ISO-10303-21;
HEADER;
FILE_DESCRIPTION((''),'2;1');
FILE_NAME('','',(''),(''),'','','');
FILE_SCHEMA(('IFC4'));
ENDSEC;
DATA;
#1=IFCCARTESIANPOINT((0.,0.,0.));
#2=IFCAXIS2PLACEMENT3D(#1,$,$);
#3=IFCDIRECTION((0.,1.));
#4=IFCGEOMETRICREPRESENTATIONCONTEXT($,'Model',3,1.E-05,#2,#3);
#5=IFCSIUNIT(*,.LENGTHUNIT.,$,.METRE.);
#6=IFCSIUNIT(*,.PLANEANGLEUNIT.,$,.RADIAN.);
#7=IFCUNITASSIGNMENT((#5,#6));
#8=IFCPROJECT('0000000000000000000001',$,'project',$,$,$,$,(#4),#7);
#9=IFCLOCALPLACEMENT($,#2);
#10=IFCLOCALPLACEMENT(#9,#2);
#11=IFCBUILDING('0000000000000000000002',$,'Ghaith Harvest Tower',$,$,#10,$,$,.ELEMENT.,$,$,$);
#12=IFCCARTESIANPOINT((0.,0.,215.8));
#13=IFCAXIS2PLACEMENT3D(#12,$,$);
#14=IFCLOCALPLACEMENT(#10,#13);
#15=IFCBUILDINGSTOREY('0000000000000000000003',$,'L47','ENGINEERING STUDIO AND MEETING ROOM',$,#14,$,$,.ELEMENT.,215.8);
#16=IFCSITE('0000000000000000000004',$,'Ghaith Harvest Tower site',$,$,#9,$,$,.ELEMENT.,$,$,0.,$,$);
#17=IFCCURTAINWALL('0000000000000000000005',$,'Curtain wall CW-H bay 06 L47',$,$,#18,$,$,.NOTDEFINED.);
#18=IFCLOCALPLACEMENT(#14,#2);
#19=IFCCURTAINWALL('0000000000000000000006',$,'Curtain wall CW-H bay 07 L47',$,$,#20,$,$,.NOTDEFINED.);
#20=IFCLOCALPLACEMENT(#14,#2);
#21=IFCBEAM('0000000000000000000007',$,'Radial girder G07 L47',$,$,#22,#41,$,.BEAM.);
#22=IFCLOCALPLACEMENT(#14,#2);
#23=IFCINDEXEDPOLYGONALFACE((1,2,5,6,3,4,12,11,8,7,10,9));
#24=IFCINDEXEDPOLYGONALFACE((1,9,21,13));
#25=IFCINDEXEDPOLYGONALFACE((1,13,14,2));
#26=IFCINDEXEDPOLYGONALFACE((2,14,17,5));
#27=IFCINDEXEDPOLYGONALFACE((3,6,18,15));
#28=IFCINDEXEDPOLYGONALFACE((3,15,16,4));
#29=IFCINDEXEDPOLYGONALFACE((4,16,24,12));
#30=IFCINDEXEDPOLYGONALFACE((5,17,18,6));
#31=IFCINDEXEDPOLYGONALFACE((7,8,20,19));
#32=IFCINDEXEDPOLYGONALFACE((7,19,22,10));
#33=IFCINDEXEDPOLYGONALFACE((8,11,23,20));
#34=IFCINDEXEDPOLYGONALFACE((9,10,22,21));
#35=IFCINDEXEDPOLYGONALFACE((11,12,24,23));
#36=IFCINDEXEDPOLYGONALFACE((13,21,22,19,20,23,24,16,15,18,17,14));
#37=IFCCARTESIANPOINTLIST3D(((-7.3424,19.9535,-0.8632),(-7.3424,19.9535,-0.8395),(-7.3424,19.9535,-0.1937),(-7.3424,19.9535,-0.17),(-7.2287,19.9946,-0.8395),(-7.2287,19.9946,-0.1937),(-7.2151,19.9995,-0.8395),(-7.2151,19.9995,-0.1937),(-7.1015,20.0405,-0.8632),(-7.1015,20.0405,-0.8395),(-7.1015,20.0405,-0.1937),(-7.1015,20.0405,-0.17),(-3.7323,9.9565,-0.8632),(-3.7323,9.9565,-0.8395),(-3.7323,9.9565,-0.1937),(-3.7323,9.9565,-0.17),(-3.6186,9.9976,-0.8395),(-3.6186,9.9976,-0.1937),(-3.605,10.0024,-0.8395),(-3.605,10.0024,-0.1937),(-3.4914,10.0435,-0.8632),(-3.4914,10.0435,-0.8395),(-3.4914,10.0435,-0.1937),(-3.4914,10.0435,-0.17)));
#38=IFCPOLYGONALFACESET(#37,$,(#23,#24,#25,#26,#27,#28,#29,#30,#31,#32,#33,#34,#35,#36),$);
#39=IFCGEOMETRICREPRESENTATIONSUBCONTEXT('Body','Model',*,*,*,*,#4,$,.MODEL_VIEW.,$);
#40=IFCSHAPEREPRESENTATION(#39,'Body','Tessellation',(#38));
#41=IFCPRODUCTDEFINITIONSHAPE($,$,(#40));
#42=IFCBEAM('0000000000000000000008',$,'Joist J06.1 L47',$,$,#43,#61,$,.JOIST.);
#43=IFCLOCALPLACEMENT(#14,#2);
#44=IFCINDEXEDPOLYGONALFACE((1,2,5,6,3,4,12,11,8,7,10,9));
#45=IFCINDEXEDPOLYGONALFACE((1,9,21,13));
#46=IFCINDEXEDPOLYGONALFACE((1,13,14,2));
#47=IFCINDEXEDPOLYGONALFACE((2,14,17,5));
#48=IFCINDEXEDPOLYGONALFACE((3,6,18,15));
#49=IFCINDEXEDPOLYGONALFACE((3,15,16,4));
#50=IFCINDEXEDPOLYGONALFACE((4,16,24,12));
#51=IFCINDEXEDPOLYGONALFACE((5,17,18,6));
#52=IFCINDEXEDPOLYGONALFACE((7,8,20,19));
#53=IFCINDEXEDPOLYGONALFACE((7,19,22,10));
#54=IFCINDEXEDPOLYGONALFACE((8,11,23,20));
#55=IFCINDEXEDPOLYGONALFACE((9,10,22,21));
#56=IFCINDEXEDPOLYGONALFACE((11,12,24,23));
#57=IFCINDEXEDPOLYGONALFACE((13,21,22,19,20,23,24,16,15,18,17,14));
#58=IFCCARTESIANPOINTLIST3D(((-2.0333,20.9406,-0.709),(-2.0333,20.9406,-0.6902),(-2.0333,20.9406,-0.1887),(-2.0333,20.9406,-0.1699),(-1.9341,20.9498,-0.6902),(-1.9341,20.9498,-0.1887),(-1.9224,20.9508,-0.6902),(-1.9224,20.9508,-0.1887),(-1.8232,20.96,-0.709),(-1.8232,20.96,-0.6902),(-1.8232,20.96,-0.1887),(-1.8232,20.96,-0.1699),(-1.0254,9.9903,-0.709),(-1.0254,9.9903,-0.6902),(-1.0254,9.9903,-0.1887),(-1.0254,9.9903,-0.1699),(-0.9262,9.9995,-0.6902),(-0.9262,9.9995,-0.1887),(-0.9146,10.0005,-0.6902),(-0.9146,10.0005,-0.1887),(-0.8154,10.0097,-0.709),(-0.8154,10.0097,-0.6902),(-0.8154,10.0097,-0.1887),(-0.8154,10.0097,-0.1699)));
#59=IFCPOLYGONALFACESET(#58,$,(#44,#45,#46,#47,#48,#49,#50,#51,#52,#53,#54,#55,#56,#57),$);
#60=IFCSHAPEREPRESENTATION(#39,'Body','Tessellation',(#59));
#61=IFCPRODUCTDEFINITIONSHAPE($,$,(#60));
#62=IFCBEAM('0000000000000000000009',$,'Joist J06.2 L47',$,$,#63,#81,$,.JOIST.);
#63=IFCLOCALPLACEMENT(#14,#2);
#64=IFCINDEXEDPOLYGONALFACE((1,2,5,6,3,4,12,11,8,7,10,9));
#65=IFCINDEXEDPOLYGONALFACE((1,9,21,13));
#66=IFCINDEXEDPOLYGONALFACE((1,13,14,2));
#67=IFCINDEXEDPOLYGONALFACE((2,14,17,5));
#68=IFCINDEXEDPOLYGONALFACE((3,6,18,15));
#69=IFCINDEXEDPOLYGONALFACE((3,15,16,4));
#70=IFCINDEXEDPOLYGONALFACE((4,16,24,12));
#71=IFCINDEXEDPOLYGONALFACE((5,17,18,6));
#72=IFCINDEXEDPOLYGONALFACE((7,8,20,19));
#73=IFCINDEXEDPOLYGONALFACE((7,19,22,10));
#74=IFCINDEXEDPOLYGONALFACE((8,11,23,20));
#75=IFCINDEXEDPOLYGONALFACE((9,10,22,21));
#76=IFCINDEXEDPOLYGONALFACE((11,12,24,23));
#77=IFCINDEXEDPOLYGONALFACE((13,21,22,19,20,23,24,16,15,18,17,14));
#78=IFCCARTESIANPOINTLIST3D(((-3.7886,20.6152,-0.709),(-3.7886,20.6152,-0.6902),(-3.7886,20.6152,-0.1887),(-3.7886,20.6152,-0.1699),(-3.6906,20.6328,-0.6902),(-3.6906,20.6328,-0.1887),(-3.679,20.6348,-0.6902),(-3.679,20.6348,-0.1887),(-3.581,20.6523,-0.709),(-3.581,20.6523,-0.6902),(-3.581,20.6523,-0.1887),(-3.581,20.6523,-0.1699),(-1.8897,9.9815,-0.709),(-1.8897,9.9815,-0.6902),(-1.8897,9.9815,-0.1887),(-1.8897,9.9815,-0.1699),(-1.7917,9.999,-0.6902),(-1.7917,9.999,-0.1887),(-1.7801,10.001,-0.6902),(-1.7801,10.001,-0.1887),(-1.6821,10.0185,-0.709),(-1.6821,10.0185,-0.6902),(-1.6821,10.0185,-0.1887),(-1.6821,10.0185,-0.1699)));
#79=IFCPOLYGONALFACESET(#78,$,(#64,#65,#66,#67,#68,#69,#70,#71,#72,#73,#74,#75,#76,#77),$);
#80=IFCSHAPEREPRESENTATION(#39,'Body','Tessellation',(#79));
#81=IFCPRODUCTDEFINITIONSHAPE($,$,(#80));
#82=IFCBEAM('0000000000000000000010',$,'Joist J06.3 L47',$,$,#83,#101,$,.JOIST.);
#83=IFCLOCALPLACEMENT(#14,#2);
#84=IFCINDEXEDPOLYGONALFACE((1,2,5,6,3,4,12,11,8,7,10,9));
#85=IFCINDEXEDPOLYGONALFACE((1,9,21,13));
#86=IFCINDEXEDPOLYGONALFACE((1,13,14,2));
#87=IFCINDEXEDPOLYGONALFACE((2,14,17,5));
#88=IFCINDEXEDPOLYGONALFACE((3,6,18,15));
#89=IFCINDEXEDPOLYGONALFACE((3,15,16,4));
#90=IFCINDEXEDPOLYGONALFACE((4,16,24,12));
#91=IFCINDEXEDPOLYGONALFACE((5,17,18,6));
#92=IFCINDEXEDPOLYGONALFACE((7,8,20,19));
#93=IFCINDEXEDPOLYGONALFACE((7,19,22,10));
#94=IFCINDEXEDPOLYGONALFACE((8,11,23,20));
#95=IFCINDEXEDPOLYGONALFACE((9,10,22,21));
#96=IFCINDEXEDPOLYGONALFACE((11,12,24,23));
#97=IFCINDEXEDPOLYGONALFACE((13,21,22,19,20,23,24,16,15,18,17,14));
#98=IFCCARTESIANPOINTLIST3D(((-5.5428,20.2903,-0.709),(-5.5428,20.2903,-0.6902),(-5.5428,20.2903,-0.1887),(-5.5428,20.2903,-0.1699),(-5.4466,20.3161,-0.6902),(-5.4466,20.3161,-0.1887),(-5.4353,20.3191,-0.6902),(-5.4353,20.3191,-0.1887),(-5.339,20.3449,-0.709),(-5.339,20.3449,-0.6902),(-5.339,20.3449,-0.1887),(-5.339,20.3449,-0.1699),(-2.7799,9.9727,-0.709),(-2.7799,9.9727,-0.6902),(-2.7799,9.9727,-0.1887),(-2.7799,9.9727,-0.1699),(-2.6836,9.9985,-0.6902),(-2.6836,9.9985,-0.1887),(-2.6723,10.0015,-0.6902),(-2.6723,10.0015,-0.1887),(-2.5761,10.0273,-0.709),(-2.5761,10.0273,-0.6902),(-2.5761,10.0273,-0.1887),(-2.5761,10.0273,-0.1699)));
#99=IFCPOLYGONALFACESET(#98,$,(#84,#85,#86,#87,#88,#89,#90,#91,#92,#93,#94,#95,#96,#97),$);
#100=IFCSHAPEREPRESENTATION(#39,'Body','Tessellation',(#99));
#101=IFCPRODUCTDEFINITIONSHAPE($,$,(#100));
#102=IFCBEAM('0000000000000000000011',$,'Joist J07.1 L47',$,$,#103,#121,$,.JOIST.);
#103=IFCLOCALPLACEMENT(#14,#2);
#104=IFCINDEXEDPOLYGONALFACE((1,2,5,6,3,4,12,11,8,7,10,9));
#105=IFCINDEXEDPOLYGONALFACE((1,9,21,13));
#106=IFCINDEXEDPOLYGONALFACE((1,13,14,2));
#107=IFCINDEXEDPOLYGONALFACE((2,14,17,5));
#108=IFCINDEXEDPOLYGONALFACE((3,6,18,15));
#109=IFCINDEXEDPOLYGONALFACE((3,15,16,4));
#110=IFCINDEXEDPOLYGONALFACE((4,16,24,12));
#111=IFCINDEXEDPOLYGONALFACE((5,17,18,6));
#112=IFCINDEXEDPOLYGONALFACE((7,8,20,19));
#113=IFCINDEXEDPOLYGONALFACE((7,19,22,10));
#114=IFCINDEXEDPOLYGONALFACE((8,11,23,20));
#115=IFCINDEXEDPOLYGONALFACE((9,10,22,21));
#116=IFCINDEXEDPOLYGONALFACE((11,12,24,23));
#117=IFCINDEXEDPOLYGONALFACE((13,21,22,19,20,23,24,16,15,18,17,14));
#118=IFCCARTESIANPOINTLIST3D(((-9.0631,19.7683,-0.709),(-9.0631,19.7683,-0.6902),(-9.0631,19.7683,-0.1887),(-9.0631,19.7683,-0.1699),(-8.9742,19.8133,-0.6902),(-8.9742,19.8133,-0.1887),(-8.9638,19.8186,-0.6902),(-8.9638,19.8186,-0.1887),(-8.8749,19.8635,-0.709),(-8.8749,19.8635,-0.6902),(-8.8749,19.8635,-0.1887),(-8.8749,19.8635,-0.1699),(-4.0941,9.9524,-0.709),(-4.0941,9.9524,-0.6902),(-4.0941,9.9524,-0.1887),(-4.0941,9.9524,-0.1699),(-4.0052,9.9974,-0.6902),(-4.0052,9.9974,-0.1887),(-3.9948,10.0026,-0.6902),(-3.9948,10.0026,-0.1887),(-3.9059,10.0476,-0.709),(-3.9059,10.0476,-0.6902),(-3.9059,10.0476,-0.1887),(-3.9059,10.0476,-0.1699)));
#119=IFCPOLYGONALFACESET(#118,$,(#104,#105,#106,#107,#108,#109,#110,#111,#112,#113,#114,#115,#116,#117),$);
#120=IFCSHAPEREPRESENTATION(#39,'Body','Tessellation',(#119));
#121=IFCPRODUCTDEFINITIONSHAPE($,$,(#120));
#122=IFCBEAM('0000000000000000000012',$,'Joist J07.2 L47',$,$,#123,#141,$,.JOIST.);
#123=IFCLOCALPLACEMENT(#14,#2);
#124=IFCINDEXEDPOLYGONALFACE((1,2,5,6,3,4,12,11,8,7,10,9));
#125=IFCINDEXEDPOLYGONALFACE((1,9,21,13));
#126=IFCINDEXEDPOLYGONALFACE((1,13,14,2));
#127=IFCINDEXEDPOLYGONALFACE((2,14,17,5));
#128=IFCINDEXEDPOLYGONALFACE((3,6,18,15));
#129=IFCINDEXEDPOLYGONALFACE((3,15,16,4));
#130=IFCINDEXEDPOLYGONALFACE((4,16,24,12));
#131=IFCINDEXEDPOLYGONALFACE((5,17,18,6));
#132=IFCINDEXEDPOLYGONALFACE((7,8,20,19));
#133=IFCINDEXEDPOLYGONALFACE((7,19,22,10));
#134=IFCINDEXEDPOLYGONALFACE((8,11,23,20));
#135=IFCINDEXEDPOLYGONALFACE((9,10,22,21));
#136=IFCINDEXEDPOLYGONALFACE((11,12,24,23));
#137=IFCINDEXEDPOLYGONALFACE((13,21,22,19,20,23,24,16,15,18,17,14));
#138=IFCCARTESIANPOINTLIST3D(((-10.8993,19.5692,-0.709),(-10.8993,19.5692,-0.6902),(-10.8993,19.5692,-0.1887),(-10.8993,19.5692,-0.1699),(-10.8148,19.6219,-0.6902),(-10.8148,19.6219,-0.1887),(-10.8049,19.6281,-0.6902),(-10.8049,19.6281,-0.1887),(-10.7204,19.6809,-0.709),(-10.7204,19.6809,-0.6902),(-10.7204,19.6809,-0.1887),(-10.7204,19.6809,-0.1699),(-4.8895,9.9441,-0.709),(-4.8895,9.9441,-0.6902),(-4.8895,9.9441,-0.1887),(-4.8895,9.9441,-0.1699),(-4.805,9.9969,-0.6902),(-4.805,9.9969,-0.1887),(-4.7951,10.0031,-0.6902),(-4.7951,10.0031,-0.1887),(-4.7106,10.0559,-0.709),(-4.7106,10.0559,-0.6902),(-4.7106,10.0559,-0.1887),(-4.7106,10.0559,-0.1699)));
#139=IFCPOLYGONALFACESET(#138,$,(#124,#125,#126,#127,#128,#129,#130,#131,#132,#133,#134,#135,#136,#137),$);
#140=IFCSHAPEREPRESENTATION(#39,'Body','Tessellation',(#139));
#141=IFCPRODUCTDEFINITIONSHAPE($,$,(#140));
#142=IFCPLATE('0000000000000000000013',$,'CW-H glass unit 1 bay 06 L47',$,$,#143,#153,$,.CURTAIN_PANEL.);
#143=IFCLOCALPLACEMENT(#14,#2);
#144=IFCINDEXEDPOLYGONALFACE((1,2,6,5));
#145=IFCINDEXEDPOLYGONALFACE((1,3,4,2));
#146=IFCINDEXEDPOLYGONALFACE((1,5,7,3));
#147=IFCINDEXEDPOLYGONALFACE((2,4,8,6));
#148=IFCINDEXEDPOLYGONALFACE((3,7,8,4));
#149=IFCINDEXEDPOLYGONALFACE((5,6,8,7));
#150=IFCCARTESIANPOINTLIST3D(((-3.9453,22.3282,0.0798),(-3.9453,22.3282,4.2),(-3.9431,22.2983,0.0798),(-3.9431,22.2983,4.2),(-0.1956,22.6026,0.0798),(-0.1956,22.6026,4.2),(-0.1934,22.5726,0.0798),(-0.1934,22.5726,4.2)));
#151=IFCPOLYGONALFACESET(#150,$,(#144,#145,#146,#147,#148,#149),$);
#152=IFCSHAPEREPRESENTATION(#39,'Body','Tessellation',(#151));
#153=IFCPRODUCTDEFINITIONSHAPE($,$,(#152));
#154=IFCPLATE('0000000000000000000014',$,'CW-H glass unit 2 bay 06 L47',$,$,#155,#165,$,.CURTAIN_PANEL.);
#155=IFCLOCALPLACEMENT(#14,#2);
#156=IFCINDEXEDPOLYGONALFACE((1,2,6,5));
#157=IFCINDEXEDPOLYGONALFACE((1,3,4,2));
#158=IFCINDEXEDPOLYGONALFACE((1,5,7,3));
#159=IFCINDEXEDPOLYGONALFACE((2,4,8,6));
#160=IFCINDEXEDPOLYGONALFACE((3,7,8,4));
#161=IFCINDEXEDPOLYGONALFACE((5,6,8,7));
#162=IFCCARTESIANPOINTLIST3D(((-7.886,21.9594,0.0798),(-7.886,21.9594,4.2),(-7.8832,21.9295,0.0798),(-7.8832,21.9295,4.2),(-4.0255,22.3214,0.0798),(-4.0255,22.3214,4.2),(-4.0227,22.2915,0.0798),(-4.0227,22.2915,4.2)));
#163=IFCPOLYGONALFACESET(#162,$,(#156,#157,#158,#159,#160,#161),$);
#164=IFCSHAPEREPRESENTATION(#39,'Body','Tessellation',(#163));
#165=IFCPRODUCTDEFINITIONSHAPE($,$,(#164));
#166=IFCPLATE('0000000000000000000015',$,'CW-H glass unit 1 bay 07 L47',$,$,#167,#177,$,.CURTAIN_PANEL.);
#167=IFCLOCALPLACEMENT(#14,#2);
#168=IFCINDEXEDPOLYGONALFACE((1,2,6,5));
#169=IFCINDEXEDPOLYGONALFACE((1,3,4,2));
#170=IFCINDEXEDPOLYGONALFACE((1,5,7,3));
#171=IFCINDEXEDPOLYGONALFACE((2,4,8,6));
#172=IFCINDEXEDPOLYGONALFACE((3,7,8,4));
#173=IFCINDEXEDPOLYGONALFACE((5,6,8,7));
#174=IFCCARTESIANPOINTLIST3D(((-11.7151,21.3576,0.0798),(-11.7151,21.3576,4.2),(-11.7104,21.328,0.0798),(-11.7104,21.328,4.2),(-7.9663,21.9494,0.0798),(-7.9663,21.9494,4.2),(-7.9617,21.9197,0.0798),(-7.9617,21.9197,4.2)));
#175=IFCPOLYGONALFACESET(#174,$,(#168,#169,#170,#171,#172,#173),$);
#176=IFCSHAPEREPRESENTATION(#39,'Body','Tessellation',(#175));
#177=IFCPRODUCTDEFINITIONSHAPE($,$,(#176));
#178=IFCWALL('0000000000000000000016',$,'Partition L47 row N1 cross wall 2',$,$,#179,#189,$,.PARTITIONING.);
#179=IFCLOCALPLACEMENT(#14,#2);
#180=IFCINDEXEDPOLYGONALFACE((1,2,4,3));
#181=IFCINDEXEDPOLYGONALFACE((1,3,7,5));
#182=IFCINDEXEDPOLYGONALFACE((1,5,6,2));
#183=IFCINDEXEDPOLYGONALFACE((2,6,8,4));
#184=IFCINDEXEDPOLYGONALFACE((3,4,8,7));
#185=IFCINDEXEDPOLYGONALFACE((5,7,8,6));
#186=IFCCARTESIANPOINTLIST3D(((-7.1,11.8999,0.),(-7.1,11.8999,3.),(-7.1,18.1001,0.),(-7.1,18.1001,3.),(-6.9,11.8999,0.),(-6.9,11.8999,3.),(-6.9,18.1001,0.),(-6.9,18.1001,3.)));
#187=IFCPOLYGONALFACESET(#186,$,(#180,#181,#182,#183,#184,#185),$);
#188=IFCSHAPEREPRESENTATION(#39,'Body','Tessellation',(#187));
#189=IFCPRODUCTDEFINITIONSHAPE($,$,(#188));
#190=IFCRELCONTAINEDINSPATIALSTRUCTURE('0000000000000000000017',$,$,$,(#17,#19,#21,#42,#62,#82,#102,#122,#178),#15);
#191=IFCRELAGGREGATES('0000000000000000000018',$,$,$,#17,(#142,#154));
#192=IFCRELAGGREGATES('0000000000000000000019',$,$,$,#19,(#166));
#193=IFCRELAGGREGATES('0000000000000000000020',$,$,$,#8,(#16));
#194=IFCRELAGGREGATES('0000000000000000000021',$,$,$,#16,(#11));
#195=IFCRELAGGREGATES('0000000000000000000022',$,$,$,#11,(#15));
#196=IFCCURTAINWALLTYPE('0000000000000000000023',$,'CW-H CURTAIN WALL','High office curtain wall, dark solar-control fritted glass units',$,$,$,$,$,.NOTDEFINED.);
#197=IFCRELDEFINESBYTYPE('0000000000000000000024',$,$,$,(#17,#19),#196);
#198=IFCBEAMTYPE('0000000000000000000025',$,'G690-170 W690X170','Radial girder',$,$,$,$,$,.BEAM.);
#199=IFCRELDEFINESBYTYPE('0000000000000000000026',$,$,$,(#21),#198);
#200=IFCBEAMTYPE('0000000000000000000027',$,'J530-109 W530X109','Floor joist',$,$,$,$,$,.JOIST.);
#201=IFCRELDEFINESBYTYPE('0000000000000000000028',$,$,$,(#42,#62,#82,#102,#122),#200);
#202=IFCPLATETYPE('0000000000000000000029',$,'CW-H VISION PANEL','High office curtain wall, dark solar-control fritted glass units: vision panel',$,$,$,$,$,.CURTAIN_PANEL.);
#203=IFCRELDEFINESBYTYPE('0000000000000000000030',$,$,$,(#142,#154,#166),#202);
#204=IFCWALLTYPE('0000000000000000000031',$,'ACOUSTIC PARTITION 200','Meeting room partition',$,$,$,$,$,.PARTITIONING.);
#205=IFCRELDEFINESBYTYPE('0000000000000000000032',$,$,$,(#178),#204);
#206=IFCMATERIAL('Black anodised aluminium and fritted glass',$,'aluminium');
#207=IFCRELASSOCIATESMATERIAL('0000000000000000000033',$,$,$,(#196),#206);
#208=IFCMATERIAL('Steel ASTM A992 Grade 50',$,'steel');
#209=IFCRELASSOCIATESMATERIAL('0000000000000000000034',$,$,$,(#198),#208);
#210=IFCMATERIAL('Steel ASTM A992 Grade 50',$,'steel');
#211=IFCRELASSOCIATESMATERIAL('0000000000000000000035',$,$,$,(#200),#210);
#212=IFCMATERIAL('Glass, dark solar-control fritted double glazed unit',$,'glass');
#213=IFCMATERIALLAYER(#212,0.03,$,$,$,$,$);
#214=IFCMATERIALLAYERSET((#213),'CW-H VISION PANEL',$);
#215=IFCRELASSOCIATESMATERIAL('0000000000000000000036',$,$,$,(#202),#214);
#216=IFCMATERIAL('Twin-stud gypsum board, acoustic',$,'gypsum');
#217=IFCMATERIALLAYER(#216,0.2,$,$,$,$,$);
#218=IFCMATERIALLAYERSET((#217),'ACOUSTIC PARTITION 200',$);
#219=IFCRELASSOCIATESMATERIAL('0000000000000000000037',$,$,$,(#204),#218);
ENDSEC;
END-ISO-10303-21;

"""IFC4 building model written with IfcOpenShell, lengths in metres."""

from ifc_helpers import new_model, si_unit, direction, frame, frame_2d, origin, origin_2d, place, context, subcontext, project, spatial, rectangle, i_section, extrude, material, layer, layer_set, material_profile, profile_set, type_object, element, aggregate, save


model = new_model("IFC4")

# Units and contexts
model_context = context("Model", 3, precision=1e-05, world=origin(), true_north=direction((0.0, 1.0)))
body_context = subcontext(model_context, "Body", "Model", "MODEL_VIEW")
ifc_project = project(units=[si_unit("LENGTHUNIT", "METRE"), si_unit("PLANEANGLEUNIT", "RADIAN")], contexts=[model_context])

# Site, building, storey
site_placement = place(None, origin())
site = spatial("IfcSite", under=ifc_project, at=site_placement, Name="Ghaith Harvest Tower site", CompositionType="ELEMENT", RefElevation=0.0)
building_placement = place(site_placement, origin())
building = spatial("IfcBuilding", under=site, at=building_placement, Name="Ghaith Harvest Tower", CompositionType="ELEMENT")
storey_placement = place(building_placement, frame((0.0, 0.0, 215.8)))
storey = spatial("IfcBuildingStorey", under=building, at=storey_placement, Name="L47", Description="ENGINEERING STUDIO AND MEETING ROOM", CompositionType="ELEMENT", Elevation=215.8)

# Curtain walls
ifc_material_1 = material(Name="Black anodised aluminium and fritted glass", Category="aluminium")
curtain_wall_type = type_object("IfcCurtainWallType", Name="CW-H CURTAIN WALL", Description="High office curtain wall, dark solar-control fritted glass units", PredefinedType="NOTDEFINED", material=ifc_material_1)
curtain_wall_1_placement = place(storey_placement, origin())
curtain_wall_1 = element("IfcCurtainWall", 1, at=curtain_wall_1_placement, inside=storey, type_object=curtain_wall_type, Name="Curtain wall CW-H bay 06 L47", PredefinedType="NOTDEFINED")
curtain_wall_2_placement = place(storey_placement, origin())
curtain_wall_2 = element("IfcCurtainWall", 2, at=curtain_wall_2_placement, inside=storey, type_object=curtain_wall_type, Name="Curtain wall CW-H bay 07 L47", PredefinedType="NOTDEFINED")

# Beams
ifc_material_2 = material(Name="Steel ASTM A992 Grade 50", Category="steel")
ifc_material_profile_1 = material_profile(ifc_material_2, i_section(OverallWidth=0.2561, OverallDepth=0.6931, WebThickness=0.0144, FlangeThickness=0.0237, at=origin_2d()), Name="W690X170")
ifc_profile_set_1 = profile_set([ifc_material_profile_1], Name="Steel ASTM A992 Grade 50")
beam_type_1 = type_object("IfcBeamType", Name="G690-170 W690X170", Description="Radial girder", PredefinedType="BEAM", material=ifc_profile_set_1)
beam_1_placement = place(storey_placement, frame((-3.6118, 10.0, -0.5166), z_axis=(-0.339649, 0.940552, 0.0), x_axis=(-0.940552, -0.339649, 0.0)))
element("IfcBeam", 3, at=beam_1_placement, inside=storey, type_object=beam_type_1, Name="Radial girder G07 L47", PredefinedType="BEAM", context=body_context, shape_type="SweptSolid", body=[
    extrude(i_section(OverallWidth=0.2561, OverallDepth=0.6931, WebThickness=0.0144, FlangeThickness=0.0237, at=origin_2d()), origin(), (0.0, 0.0, 1.0), 10.6289),
])
ifc_material_3 = material(Name="Steel ASTM A992 Grade 50", Category="steel")
ifc_material_profile_2 = material_profile(ifc_material_3, i_section(OverallWidth=0.2109, OverallDepth=0.5391, WebThickness=0.0117, FlangeThickness=0.0188, at=origin_2d()), Name="W530X109")
ifc_profile_set_2 = profile_set([ifc_material_profile_2], Name="Steel ASTM A992 Grade 50")
beam_type_2 = type_object("IfcBeamType", Name="J530-109 W530X109", Description="Floor joist", PredefinedType="JOIST", material=ifc_profile_set_2)
beam_2_placement = place(storey_placement, frame((-0.9204, 10.0, -0.4395), z_axis=(-0.091649, 0.995791, 0.0), x_axis=(-0.995791, -0.091649, 0.0)))
element("IfcBeam", 4, at=beam_2_placement, inside=storey, type_object=beam_type_2, Name="Joist J06.1 L47", PredefinedType="JOIST", context=body_context, shape_type="SweptSolid", body=[
    extrude(i_section(OverallWidth=0.2109, OverallDepth=0.5391, WebThickness=0.0117, FlangeThickness=0.0188, at=origin_2d()), origin(), (0.0, 0.0, 1.0), 10.9966),
])
beam_3_placement = place(storey_placement, frame((-1.7859, 10.0, -0.4395), z_axis=(-0.175794, 0.984427, 0.0), x_axis=(-0.984427, -0.175794, 0.0)))
element("IfcBeam", 5, at=beam_3_placement, inside=storey, type_object=beam_type_2, Name="Joist J06.2 L47", PredefinedType="JOIST", context=body_context, shape_type="SweptSolid", body=[
    extrude(i_section(OverallWidth=0.2109, OverallDepth=0.5391, WebThickness=0.0117, FlangeThickness=0.0188, at=origin_2d()), origin(), (0.0, 0.0, 1.0), 10.802),
])
beam_4_placement = place(storey_placement, frame((-2.678, 10.0, -0.4395), z_axis=(-0.258674, 0.965965, 0.0), x_axis=(-0.965965, -0.258674, 0.0)))
element("IfcBeam", 6, at=beam_4_placement, inside=storey, type_object=beam_type_2, Name="Joist J06.3 L47", PredefinedType="JOIST", context=body_context, shape_type="SweptSolid", body=[
    extrude(i_section(OverallWidth=0.2109, OverallDepth=0.5391, WebThickness=0.0117, FlangeThickness=0.0188, at=origin_2d()), origin(), (0.0, 0.0, 1.0), 10.6812),
])
beam_5_placement = place(storey_placement, frame((-4.0, 10.0, -0.4395), z_axis=(-0.451646, 0.892197, 0.0), x_axis=(-0.892197, -0.451646, 0.0)))
element("IfcBeam", 7, at=beam_5_placement, inside=storey, type_object=beam_type_2, Name="Joist J07.1 L47", PredefinedType="JOIST", context=body_context, shape_type="SweptSolid", body=[
    extrude(i_section(OverallWidth=0.2109, OverallDepth=0.5391, WebThickness=0.0117, FlangeThickness=0.0188, at=origin_2d()), origin(), (0.0, 0.0, 1.0), 11.002),
])
beam_6_placement = place(storey_placement, frame((-4.8, 10.0, -0.4395), z_axis=(-0.529628, 0.84823, 0.0), x_axis=(-0.84823, -0.529628, 0.0)))
element("IfcBeam", 8, at=beam_6_placement, inside=storey, type_object=beam_type_2, Name="Joist J07.2 L47", PredefinedType="JOIST", context=body_context, shape_type="SweptSolid", body=[
    extrude(i_section(OverallWidth=0.2109, OverallDepth=0.5391, WebThickness=0.0117, FlangeThickness=0.0188, at=origin_2d()), origin(), (0.0, 0.0, 1.0), 11.3472),
])

# Plates
ifc_material_4 = material(Name="Glass, dark solar-control fritted double glazed unit", Category="glass")
ifc_layer_1 = layer(ifc_material_4, 0.03)
ifc_layer_set_1 = layer_set([ifc_layer_1], Name="CW-H VISION PANEL")
plate_type = type_object("IfcPlateType", Name="CW-H VISION PANEL", Description="High office curtain wall, dark solar-control fritted glass units: vision panel", PredefinedType="CURTAIN_PANEL", material=ifc_layer_set_1)
plate_1_placement = place(storey_placement, frame((-2.0693, 22.4504, 0.0798), z_axis=(0.0, 0.0, 1.0), x_axis=(-0.997334, -0.072966, 0.0)))
plate_1 = element("IfcPlate", 9, at=plate_1_placement, type_object=plate_type, Name="CW-H glass unit 1 bay 06 L47", PredefinedType="CURTAIN_PANEL", context=body_context, shape_type="SweptSolid", body=[
    extrude(rectangle(XDim=3.7598, YDim=0.03, at=origin_2d()), origin(), (0.0, 0.0, 1.0), 4.1201),
])
plate_2_placement = place(storey_placement, frame((-5.9543, 22.1255, 0.0798), z_axis=(0.0, 0.0, 1.0), x_axis=(-0.995632, -0.093365, 0.0)))
plate_2 = element("IfcPlate", 10, at=plate_2_placement, type_object=plate_type, Name="CW-H glass unit 2 bay 06 L47", PredefinedType="CURTAIN_PANEL", context=body_context, shape_type="SweptSolid", body=[
    extrude(rectangle(XDim=3.8774, YDim=0.03, at=origin_2d()), origin(), (0.0, 0.0, 1.0), 4.1201),
])
aggregate(curtain_wall_1, [plate_1, plate_2])
plate_3_placement = place(storey_placement, frame((-9.8384, 21.6387, 0.0798), z_axis=(0.0, 0.0, 1.0), x_axis=(-0.98777, -0.155916, 0.0)))
plate_3 = element("IfcPlate", 11, at=plate_3_placement, type_object=plate_type, Name="CW-H glass unit 1 bay 07 L47", PredefinedType="CURTAIN_PANEL", context=body_context, shape_type="SweptSolid", body=[
    extrude(rectangle(XDim=3.7952, YDim=0.03, at=origin_2d()), origin(), (0.0, 0.0, 1.0), 4.1201),
])
aggregate(curtain_wall_2, [plate_3])

# Wall
ifc_material_5 = material(Name="Twin-stud gypsum board, acoustic", Category="gypsum")
ifc_layer_2 = layer(ifc_material_5, 0.2)
ifc_layer_set_2 = layer_set([ifc_layer_2], Name="ACOUSTIC PARTITION 200")
wall_type = type_object("IfcWallType", Name="ACOUSTIC PARTITION 200", Description="Meeting room partition", PredefinedType="PARTITIONING", material=ifc_layer_set_2)
for number, where, z_axis, x_axis, name in (
    (12, (-7.0, 11.8999, 0.0), (0.0, 0.0, 1.0), (0.0, 1.0, 0.0), "Partition L47 row N1 cross wall 2"),
):
    element("IfcWall", number, at=place(storey_placement, frame(where, z_axis=z_axis, x_axis=x_axis)), inside=storey, type_object=wall_type, Name=name, PredefinedType="PARTITIONING", context=body_context, shape_type="SweptSolid", body=[
        extrude(rectangle(XDim=6.2002, YDim=0.2, at=frame_2d((3.1001, 0.0))), origin(), (0.0, 0.0, 1.0), 3.0),
    ])

save(model, "model.ifc")
